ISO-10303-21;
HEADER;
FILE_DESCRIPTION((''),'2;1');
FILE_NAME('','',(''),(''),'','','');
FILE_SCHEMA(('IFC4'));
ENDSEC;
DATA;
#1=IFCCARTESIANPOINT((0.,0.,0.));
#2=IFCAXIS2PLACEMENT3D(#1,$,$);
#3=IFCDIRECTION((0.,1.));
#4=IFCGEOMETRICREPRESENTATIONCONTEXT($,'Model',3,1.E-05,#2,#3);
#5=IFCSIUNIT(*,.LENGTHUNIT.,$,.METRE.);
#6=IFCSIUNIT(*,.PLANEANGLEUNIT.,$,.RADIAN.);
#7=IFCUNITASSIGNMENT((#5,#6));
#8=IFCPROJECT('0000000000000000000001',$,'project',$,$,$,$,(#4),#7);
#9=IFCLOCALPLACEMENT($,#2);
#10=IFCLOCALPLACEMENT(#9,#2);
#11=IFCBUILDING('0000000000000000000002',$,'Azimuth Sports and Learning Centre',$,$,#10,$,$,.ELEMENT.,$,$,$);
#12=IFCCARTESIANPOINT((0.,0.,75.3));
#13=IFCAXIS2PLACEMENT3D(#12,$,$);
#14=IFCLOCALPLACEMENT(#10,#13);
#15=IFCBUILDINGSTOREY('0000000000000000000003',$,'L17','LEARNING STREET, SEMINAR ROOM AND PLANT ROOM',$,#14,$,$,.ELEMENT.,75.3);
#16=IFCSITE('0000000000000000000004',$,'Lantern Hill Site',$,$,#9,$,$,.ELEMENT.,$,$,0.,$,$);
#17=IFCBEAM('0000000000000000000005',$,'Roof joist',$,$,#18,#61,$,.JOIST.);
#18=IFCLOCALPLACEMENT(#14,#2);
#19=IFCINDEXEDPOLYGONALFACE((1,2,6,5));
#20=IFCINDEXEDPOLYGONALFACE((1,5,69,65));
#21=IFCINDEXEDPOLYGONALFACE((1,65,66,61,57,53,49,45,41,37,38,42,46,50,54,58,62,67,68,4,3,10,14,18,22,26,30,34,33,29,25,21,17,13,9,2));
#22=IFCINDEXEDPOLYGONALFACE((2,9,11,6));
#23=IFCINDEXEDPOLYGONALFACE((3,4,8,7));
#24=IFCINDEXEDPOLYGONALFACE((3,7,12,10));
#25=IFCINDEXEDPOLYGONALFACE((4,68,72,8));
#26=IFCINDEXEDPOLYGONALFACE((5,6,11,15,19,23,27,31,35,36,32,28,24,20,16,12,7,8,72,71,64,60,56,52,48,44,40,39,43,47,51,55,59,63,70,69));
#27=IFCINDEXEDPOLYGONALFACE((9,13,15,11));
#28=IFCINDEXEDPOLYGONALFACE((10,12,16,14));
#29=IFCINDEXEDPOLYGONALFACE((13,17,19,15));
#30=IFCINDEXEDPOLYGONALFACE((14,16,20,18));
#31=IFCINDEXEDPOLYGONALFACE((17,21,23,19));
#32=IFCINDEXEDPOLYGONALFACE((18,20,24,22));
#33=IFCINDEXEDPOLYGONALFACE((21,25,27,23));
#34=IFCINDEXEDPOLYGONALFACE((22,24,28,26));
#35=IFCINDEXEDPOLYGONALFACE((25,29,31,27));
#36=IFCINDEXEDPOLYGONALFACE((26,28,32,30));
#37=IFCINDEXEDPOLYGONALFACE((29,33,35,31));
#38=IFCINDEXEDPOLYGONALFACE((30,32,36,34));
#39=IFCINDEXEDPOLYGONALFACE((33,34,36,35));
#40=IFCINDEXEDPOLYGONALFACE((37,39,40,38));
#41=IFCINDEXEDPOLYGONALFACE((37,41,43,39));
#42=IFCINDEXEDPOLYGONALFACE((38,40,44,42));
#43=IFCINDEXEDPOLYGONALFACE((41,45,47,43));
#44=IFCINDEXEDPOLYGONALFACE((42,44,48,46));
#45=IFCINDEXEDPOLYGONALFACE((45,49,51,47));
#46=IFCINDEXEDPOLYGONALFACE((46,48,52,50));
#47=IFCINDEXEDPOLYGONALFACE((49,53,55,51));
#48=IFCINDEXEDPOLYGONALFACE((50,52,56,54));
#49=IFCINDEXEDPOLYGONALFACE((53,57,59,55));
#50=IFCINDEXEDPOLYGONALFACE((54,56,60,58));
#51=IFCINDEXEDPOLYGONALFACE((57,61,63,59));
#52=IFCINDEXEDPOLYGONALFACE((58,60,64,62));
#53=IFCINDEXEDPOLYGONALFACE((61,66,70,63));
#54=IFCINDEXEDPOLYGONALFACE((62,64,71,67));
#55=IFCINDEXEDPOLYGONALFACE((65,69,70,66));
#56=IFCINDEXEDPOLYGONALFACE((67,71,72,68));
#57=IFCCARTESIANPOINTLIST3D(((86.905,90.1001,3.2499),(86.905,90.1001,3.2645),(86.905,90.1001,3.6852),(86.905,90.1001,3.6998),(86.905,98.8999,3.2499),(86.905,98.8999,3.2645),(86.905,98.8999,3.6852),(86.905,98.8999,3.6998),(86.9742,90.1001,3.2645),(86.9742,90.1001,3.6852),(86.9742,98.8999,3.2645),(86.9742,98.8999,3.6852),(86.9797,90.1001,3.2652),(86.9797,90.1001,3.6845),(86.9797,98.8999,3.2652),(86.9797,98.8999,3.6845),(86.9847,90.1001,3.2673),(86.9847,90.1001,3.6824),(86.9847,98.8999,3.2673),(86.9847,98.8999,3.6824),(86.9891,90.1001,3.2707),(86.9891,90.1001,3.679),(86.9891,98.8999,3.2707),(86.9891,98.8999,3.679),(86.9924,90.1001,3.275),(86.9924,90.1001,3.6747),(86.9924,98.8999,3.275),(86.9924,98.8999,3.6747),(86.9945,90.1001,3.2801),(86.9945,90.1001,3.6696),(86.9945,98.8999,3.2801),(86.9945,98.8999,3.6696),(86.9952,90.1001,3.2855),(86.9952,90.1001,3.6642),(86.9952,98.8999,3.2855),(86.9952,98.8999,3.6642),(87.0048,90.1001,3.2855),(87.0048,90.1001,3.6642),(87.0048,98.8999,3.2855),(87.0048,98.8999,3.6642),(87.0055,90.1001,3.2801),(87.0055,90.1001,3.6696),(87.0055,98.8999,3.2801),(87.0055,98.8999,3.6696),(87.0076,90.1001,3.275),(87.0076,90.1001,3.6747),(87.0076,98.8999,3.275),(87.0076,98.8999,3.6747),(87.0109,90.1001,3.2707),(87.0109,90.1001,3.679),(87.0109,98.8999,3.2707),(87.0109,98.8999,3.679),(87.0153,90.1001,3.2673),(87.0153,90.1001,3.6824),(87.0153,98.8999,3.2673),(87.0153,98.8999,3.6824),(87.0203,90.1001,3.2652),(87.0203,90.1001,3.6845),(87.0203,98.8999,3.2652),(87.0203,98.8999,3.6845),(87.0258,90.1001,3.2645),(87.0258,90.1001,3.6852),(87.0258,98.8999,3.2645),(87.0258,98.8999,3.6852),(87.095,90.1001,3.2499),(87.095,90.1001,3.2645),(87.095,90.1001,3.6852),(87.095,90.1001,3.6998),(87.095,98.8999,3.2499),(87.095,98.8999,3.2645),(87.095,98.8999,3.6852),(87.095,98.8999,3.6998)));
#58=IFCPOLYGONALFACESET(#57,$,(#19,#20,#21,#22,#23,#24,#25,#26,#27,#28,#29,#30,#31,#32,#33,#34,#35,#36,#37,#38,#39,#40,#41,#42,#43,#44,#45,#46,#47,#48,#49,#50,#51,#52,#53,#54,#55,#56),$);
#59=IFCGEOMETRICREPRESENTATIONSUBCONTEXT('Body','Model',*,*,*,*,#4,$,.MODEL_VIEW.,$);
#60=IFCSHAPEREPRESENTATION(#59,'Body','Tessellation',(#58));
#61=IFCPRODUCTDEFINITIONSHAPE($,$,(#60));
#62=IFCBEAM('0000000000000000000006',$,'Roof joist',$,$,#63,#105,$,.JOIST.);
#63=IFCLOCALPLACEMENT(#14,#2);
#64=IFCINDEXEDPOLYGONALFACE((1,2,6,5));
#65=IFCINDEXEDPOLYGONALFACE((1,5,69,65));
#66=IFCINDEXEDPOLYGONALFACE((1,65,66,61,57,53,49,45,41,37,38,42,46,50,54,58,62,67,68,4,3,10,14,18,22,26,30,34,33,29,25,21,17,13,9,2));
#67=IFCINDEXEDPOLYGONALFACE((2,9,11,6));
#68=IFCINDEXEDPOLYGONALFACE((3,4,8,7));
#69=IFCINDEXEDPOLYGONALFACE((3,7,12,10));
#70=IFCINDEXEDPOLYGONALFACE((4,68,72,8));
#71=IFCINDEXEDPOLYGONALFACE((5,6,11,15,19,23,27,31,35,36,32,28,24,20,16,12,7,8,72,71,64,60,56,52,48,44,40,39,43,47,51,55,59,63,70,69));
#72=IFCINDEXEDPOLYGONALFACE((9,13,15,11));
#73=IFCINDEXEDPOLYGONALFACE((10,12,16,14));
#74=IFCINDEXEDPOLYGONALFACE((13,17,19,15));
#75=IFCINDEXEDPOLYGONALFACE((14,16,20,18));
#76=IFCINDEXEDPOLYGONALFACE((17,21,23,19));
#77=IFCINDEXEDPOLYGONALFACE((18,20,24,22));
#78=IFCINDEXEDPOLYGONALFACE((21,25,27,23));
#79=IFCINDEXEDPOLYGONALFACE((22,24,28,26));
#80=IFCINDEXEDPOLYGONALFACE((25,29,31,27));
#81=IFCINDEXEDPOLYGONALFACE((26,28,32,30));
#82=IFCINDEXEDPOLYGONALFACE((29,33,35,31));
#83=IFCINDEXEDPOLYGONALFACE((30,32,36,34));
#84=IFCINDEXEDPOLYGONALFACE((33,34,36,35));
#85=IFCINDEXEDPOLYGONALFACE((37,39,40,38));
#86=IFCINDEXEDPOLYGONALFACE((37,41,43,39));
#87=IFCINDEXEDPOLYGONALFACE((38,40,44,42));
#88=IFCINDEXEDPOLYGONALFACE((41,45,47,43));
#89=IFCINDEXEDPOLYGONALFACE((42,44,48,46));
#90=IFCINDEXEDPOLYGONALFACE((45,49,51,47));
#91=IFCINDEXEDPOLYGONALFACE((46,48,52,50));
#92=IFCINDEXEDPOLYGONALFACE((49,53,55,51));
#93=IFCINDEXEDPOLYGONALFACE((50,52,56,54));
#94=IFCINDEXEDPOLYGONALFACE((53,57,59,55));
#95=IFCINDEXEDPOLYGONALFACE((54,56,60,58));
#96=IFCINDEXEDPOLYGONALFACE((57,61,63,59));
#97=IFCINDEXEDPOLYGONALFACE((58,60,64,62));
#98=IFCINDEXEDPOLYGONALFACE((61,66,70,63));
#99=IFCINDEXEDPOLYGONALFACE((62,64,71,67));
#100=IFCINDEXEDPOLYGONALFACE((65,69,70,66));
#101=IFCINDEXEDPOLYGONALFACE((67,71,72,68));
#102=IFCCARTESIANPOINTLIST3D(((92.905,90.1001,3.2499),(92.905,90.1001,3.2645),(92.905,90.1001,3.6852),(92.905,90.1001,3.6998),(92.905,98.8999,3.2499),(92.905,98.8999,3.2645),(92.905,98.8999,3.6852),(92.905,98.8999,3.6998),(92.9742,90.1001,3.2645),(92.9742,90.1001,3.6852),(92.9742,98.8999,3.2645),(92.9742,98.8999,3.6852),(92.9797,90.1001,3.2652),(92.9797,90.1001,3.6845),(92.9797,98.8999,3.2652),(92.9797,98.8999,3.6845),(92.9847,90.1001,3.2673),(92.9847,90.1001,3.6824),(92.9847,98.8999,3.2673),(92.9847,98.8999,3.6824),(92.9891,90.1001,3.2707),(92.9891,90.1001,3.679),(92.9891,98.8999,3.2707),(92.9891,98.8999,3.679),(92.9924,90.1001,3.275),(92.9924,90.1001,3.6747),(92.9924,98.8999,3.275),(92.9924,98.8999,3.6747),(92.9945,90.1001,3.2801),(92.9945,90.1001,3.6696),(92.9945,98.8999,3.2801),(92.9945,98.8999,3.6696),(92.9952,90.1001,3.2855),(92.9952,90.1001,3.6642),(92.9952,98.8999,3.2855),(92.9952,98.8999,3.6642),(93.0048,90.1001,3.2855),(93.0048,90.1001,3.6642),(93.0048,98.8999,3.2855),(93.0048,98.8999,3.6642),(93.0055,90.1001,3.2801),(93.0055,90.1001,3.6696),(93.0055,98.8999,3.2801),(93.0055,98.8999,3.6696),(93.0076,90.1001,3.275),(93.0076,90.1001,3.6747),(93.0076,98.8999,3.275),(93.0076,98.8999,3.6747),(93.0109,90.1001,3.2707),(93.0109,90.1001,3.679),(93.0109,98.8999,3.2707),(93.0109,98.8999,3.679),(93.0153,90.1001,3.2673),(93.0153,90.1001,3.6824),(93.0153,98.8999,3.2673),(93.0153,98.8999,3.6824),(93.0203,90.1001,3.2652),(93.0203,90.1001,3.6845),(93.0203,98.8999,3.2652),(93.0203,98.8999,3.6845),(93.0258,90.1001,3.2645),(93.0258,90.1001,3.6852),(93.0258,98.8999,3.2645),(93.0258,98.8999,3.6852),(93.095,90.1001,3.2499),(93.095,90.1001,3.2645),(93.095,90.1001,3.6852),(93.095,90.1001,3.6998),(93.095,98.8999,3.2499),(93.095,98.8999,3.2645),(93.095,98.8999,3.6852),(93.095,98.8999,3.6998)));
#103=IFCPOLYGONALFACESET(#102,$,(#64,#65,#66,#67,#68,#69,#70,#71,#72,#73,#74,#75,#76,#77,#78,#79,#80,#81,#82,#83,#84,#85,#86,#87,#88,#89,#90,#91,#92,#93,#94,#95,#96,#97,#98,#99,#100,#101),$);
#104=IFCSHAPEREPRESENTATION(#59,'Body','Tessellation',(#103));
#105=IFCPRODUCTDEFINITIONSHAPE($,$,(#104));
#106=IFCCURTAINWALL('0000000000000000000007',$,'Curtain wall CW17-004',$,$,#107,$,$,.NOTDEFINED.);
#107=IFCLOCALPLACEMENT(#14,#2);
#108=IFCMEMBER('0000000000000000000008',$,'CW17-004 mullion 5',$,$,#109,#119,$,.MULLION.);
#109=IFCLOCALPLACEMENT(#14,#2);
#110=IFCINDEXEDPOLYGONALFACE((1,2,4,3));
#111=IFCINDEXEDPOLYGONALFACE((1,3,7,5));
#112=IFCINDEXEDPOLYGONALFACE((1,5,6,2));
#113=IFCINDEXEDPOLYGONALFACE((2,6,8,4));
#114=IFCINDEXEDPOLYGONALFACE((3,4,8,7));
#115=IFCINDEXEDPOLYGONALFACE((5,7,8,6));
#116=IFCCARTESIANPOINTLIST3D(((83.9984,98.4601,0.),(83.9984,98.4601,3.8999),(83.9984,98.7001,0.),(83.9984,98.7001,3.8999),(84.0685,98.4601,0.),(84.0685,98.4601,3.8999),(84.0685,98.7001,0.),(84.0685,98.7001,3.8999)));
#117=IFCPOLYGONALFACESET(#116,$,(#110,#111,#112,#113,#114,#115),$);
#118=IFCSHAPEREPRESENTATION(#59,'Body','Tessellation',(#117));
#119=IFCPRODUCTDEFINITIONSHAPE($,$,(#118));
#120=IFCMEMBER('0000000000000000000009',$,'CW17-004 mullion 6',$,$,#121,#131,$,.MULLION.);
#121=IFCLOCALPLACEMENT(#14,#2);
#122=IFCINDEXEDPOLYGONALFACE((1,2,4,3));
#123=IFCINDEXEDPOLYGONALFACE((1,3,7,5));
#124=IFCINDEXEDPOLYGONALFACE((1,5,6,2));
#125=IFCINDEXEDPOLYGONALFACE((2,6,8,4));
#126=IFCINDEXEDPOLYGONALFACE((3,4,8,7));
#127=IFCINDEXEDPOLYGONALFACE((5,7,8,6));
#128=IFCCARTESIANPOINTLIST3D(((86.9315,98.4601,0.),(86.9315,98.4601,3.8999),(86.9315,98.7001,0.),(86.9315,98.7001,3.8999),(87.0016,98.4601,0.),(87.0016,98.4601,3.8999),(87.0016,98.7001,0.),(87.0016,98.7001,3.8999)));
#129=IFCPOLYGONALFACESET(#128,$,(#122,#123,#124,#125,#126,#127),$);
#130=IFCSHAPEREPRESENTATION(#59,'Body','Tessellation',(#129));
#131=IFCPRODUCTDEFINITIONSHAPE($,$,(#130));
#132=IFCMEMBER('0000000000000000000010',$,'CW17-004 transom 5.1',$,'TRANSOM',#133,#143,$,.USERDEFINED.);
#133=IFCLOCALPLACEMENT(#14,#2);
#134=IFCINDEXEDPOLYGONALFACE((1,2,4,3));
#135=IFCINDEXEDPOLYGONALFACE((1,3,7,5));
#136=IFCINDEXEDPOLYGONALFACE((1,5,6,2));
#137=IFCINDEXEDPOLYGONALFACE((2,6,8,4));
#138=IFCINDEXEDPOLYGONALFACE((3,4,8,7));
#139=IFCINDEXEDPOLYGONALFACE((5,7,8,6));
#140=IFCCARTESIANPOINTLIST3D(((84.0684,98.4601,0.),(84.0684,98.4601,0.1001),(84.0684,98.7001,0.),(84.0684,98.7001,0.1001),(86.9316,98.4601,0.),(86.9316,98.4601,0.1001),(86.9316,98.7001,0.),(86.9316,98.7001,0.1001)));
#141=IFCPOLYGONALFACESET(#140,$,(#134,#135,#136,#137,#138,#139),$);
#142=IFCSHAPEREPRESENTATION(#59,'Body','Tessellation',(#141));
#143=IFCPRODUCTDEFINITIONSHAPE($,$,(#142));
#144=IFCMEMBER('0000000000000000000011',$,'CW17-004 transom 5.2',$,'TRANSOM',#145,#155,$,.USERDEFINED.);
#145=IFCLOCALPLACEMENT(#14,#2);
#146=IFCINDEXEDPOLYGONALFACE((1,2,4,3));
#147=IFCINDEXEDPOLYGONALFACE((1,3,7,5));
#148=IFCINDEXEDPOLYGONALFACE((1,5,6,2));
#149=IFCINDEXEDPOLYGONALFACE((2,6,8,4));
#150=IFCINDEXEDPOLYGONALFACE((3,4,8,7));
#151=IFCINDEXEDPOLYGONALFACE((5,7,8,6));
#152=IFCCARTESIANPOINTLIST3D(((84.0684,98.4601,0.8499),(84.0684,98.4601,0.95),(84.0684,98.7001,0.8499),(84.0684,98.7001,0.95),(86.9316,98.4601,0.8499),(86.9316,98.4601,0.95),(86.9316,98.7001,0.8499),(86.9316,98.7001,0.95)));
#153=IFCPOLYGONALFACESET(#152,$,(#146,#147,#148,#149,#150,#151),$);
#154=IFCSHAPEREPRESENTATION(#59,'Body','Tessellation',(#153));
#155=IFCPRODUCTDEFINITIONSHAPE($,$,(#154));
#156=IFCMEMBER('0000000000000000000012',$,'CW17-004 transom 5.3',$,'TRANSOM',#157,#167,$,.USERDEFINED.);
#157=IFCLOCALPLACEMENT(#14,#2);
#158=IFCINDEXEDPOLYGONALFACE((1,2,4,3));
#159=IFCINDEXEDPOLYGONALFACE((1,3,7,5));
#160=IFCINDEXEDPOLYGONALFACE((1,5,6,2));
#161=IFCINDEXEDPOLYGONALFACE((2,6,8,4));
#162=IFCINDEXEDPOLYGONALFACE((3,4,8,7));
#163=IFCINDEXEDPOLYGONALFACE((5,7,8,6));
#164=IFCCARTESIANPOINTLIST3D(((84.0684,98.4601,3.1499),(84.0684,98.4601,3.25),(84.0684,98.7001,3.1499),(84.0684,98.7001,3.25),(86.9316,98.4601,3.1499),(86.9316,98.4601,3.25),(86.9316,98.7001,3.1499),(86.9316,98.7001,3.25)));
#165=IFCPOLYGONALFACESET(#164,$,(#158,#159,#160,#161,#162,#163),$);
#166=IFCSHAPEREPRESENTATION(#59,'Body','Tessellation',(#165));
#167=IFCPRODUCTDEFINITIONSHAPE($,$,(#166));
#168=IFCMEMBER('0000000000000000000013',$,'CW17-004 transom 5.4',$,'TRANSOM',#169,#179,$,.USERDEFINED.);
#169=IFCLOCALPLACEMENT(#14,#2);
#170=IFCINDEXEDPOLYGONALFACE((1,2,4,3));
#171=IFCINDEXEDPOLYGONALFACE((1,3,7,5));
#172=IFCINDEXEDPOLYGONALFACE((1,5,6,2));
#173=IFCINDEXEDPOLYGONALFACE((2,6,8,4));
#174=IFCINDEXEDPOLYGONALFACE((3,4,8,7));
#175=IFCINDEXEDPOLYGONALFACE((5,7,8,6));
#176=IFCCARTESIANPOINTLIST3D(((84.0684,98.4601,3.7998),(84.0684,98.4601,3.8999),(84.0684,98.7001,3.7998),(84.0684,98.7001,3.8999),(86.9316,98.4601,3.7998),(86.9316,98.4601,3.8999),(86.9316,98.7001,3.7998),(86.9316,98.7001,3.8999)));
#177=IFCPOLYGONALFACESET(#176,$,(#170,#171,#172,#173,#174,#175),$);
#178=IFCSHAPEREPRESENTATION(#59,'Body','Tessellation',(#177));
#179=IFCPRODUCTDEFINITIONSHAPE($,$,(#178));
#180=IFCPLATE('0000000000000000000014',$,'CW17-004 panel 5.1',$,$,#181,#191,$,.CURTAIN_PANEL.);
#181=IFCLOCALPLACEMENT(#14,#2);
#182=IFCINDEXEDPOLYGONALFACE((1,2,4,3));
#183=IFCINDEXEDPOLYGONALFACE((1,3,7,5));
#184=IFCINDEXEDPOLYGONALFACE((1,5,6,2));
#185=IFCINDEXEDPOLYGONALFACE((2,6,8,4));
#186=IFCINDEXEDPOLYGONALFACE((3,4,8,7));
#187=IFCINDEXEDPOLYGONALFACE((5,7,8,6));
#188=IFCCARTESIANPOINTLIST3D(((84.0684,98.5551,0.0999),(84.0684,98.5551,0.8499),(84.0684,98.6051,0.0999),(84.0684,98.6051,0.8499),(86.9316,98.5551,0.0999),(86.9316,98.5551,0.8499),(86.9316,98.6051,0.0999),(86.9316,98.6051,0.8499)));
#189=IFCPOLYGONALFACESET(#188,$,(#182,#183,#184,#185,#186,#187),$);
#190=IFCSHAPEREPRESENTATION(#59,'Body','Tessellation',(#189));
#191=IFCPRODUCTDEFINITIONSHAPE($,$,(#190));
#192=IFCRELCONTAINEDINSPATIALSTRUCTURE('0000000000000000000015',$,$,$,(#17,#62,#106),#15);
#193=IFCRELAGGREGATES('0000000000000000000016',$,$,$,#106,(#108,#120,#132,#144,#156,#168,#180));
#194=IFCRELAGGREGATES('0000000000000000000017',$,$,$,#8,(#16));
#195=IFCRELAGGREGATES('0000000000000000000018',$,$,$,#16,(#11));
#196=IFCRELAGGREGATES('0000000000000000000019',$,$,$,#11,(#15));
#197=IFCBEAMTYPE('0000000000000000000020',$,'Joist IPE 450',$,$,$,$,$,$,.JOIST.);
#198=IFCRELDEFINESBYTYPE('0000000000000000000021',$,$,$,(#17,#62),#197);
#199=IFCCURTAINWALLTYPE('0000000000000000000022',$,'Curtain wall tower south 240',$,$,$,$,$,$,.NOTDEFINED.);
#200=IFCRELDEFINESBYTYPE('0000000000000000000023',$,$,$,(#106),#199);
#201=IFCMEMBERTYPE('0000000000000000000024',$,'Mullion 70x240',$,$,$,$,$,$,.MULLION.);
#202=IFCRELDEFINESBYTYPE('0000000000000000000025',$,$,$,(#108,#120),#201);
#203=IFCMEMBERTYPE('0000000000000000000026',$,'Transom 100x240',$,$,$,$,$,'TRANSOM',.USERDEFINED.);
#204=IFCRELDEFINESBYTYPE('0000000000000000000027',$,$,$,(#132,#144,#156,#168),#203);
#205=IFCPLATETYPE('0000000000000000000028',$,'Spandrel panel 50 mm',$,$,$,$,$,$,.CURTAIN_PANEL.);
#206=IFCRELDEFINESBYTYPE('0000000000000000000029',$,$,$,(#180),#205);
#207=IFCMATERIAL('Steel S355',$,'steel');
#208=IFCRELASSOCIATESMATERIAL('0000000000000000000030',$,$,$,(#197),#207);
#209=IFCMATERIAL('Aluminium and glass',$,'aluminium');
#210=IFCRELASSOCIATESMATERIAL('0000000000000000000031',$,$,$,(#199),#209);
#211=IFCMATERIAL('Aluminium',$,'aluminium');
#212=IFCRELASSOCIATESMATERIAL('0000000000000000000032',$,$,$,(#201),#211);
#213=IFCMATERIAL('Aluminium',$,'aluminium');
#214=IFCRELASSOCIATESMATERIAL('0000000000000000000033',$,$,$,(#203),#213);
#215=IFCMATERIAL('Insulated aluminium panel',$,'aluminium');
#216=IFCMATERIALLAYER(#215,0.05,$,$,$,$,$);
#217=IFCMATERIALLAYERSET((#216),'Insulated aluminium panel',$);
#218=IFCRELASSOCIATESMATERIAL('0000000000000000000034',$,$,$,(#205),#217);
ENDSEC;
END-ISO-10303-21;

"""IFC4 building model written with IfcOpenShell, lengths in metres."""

from ifc_helpers import new_model, si_unit, direction, frame, origin, origin_2d, place, context, subcontext, project, spatial, rectangle, i_section, extrude, material, layer, layer_set, material_profile, profile_set, type_object, element, aggregate, save


model = new_model("IFC4")

# Units and contexts
model_context = context("Model", 3, precision=1e-05, world=origin(), true_north=direction((0.0, 1.0)))
body_context = subcontext(model_context, "Body", "Model", "MODEL_VIEW")
ifc_project = project(units=[si_unit("LENGTHUNIT", "METRE"), si_unit("PLANEANGLEUNIT", "RADIAN")], contexts=[model_context])

# Site, building, storey
site_placement = place(None, origin())
site = spatial("IfcSite", under=ifc_project, at=site_placement, Name="Lantern Hill Site", CompositionType="ELEMENT", RefElevation=0.0)
building_placement = place(site_placement, origin())
building = spatial("IfcBuilding", under=site, at=building_placement, Name="Azimuth Sports and Learning Centre", CompositionType="ELEMENT")
storey_placement = place(building_placement, frame((0.0, 0.0, 75.3)))
storey = spatial("IfcBuildingStorey", under=building, at=storey_placement, Name="L17", Description="LEARNING STREET, SEMINAR ROOM AND PLANT ROOM", CompositionType="ELEMENT", Elevation=75.3)

# Beams
ifc_material_1 = material(Name="Steel S355", Category="steel")
ifc_material_profile_1 = material_profile(ifc_material_1, i_section(OverallWidth=0.1899, OverallDepth=0.45, WebThickness=0.0095, FlangeThickness=0.0146, FilletRadius=0.021, at=origin_2d()), Name="IPE 450")
ifc_profile_set_1 = profile_set([ifc_material_profile_1], Name="Steel S355")
beam_type_1 = type_object("IfcBeamType", Name="Joist IPE 450", PredefinedType="JOIST", material=ifc_profile_set_1)
for number, where, z_axis, x_axis, name in (
    (1, (87.0, 90.1001, 3.4749), (0.0, 1.0, 0.0), (-1.0, 0.0, 0.0), "Roof joist"),
    (2, (93.0, 90.1001, 3.4749), (0.0, 1.0, 0.0), (-1.0, 0.0, 0.0), "Roof joist"),
):
    element("IfcBeam", number, at=place(storey_placement, frame(where, z_axis=z_axis, x_axis=x_axis)), inside=storey, type_object=beam_type_1, Name=name, PredefinedType="JOIST", context=body_context, shape_type="SweptSolid", body=[
        extrude(i_section(OverallWidth=0.1899, OverallDepth=0.45, WebThickness=0.0095, FlangeThickness=0.0146, FilletRadius=0.021, at=origin_2d()), origin(), (0.0, 0.0, 1.0), 8.7998),
    ])

# Curtain wall, members, plate
ifc_material_2 = material(Name="Aluminium and glass", Category="aluminium")
curtain_wall_type = type_object("IfcCurtainWallType", Name="Curtain wall tower south 240", PredefinedType="NOTDEFINED", material=ifc_material_2)
curtain_wall_placement = place(storey_placement, origin())
curtain_wall = element("IfcCurtainWall", 3, at=curtain_wall_placement, inside=storey, type_object=curtain_wall_type, Name="Curtain wall CW17-004", PredefinedType="NOTDEFINED")
ifc_material_3 = material(Name="Aluminium", Category="aluminium")
ifc_material_profile_2 = material_profile(ifc_material_3, rectangle(XDim=0.24, YDim=0.0701, at=origin_2d()), Name="Mullion 70x240")
ifc_profile_set_2 = profile_set([ifc_material_profile_2], Name="Aluminium")
member_type_1 = type_object("IfcMemberType", Name="Mullion 70x240", PredefinedType="MULLION", material=ifc_profile_set_2)
member_1_placement = place(storey_placement, frame((84.0334, 98.5801, 0.0), z_axis=(0.0, 0.0, 1.0), x_axis=(0.0, 1.0, 0.0)))
member_1 = element("IfcMember", 4, at=member_1_placement, type_object=member_type_1, Name="CW17-004 mullion 5", PredefinedType="MULLION", context=body_context, shape_type="SweptSolid", body=[
    extrude(rectangle(XDim=0.24, YDim=0.0701, at=origin_2d()), origin(), (0.0, 0.0, 1.0), 3.8999),
])
member_2_placement = place(storey_placement, frame((86.9666, 98.5801, 0.0), z_axis=(0.0, 0.0, 1.0), x_axis=(0.0, 1.0, 0.0)))
member_2 = element("IfcMember", 5, at=member_2_placement, type_object=member_type_1, Name="CW17-004 mullion 6", PredefinedType="MULLION", context=body_context, shape_type="SweptSolid", body=[
    extrude(rectangle(XDim=0.24, YDim=0.0701, at=origin_2d()), origin(), (0.0, 0.0, 1.0), 3.8999),
])
ifc_material_4 = material(Name="Aluminium", Category="aluminium")
ifc_material_profile_3 = material_profile(ifc_material_4, rectangle(XDim=0.24, YDim=0.1001, at=origin_2d()), Name="Transom 100x240")
ifc_profile_set_3 = profile_set([ifc_material_profile_3], Name="Aluminium")
member_type_2 = type_object("IfcMemberType", Name="Transom 100x240", ElementType="TRANSOM", PredefinedType="USERDEFINED", material=ifc_profile_set_3)
member_3_placement = place(storey_placement, frame((84.0684, 98.5801, 0.05), z_axis=(1.0, 0.0, 0.0), x_axis=(0.0, 1.0, 0.0)))
member_3 = element("IfcMember", 6, at=member_3_placement, type_object=member_type_2, Name="CW17-004 transom 5.1", ObjectType="TRANSOM", PredefinedType="USERDEFINED", context=body_context, shape_type="SweptSolid", body=[
    extrude(rectangle(XDim=0.24, YDim=0.1001, at=origin_2d()), origin(), (0.0, 0.0, 1.0), 2.8633),
])
member_4_placement = place(storey_placement, frame((84.0684, 98.5801, 0.8999), z_axis=(1.0, 0.0, 0.0), x_axis=(0.0, 1.0, 0.0)))
member_4 = element("IfcMember", 7, at=member_4_placement, type_object=member_type_2, Name="CW17-004 transom 5.2", ObjectType="TRANSOM", PredefinedType="USERDEFINED", context=body_context, shape_type="SweptSolid", body=[
    extrude(rectangle(XDim=0.24, YDim=0.1001, at=origin_2d()), origin(), (0.0, 0.0, 1.0), 2.8633),
])
member_5_placement = place(storey_placement, frame((84.0684, 98.5801, 3.2), z_axis=(1.0, 0.0, 0.0), x_axis=(0.0, 1.0, 0.0)))
member_5 = element("IfcMember", 8, at=member_5_placement, type_object=member_type_2, Name="CW17-004 transom 5.3", ObjectType="TRANSOM", PredefinedType="USERDEFINED", context=body_context, shape_type="SweptSolid", body=[
    extrude(rectangle(XDim=0.24, YDim=0.1001, at=origin_2d()), origin(), (0.0, 0.0, 1.0), 2.8633),
])
member_6_placement = place(storey_placement, frame((84.0684, 98.5801, 3.8499), z_axis=(1.0, 0.0, 0.0), x_axis=(0.0, 1.0, 0.0)))
member_6 = element("IfcMember", 9, at=member_6_placement, type_object=member_type_2, Name="CW17-004 transom 5.4", ObjectType="TRANSOM", PredefinedType="USERDEFINED", context=body_context, shape_type="SweptSolid", body=[
    extrude(rectangle(XDim=0.24, YDim=0.1001, at=origin_2d()), origin(), (0.0, 0.0, 1.0), 2.8633),
])
ifc_material_5 = material(Name="Insulated aluminium panel", Category="aluminium")
ifc_layer_1 = layer(ifc_material_5, 0.05)
ifc_layer_set_1 = layer_set([ifc_layer_1], Name="Insulated aluminium panel")
plate_type_1 = type_object("IfcPlateType", Name="Spandrel panel 50 mm", PredefinedType="CURTAIN_PANEL", material=ifc_layer_set_1)
plate_1_placement = place(storey_placement, frame((85.5, 98.5801, 0.0999), z_axis=(0.0, 0.0, 1.0), x_axis=(1.0, 0.0, 0.0)))
plate_1 = element("IfcPlate", 10, at=plate_1_placement, type_object=plate_type_1, Name="CW17-004 panel 5.1", PredefinedType="CURTAIN_PANEL", context=body_context, shape_type="SweptSolid", body=[
    extrude(rectangle(XDim=2.8633, YDim=0.05, at=origin_2d()), origin(), (0.0, 0.0, 1.0), 0.75),
])
aggregate(curtain_wall, [member_1, member_2, member_3, member_4, member_5, member_6, plate_1])

save(model, "model.ifc")
